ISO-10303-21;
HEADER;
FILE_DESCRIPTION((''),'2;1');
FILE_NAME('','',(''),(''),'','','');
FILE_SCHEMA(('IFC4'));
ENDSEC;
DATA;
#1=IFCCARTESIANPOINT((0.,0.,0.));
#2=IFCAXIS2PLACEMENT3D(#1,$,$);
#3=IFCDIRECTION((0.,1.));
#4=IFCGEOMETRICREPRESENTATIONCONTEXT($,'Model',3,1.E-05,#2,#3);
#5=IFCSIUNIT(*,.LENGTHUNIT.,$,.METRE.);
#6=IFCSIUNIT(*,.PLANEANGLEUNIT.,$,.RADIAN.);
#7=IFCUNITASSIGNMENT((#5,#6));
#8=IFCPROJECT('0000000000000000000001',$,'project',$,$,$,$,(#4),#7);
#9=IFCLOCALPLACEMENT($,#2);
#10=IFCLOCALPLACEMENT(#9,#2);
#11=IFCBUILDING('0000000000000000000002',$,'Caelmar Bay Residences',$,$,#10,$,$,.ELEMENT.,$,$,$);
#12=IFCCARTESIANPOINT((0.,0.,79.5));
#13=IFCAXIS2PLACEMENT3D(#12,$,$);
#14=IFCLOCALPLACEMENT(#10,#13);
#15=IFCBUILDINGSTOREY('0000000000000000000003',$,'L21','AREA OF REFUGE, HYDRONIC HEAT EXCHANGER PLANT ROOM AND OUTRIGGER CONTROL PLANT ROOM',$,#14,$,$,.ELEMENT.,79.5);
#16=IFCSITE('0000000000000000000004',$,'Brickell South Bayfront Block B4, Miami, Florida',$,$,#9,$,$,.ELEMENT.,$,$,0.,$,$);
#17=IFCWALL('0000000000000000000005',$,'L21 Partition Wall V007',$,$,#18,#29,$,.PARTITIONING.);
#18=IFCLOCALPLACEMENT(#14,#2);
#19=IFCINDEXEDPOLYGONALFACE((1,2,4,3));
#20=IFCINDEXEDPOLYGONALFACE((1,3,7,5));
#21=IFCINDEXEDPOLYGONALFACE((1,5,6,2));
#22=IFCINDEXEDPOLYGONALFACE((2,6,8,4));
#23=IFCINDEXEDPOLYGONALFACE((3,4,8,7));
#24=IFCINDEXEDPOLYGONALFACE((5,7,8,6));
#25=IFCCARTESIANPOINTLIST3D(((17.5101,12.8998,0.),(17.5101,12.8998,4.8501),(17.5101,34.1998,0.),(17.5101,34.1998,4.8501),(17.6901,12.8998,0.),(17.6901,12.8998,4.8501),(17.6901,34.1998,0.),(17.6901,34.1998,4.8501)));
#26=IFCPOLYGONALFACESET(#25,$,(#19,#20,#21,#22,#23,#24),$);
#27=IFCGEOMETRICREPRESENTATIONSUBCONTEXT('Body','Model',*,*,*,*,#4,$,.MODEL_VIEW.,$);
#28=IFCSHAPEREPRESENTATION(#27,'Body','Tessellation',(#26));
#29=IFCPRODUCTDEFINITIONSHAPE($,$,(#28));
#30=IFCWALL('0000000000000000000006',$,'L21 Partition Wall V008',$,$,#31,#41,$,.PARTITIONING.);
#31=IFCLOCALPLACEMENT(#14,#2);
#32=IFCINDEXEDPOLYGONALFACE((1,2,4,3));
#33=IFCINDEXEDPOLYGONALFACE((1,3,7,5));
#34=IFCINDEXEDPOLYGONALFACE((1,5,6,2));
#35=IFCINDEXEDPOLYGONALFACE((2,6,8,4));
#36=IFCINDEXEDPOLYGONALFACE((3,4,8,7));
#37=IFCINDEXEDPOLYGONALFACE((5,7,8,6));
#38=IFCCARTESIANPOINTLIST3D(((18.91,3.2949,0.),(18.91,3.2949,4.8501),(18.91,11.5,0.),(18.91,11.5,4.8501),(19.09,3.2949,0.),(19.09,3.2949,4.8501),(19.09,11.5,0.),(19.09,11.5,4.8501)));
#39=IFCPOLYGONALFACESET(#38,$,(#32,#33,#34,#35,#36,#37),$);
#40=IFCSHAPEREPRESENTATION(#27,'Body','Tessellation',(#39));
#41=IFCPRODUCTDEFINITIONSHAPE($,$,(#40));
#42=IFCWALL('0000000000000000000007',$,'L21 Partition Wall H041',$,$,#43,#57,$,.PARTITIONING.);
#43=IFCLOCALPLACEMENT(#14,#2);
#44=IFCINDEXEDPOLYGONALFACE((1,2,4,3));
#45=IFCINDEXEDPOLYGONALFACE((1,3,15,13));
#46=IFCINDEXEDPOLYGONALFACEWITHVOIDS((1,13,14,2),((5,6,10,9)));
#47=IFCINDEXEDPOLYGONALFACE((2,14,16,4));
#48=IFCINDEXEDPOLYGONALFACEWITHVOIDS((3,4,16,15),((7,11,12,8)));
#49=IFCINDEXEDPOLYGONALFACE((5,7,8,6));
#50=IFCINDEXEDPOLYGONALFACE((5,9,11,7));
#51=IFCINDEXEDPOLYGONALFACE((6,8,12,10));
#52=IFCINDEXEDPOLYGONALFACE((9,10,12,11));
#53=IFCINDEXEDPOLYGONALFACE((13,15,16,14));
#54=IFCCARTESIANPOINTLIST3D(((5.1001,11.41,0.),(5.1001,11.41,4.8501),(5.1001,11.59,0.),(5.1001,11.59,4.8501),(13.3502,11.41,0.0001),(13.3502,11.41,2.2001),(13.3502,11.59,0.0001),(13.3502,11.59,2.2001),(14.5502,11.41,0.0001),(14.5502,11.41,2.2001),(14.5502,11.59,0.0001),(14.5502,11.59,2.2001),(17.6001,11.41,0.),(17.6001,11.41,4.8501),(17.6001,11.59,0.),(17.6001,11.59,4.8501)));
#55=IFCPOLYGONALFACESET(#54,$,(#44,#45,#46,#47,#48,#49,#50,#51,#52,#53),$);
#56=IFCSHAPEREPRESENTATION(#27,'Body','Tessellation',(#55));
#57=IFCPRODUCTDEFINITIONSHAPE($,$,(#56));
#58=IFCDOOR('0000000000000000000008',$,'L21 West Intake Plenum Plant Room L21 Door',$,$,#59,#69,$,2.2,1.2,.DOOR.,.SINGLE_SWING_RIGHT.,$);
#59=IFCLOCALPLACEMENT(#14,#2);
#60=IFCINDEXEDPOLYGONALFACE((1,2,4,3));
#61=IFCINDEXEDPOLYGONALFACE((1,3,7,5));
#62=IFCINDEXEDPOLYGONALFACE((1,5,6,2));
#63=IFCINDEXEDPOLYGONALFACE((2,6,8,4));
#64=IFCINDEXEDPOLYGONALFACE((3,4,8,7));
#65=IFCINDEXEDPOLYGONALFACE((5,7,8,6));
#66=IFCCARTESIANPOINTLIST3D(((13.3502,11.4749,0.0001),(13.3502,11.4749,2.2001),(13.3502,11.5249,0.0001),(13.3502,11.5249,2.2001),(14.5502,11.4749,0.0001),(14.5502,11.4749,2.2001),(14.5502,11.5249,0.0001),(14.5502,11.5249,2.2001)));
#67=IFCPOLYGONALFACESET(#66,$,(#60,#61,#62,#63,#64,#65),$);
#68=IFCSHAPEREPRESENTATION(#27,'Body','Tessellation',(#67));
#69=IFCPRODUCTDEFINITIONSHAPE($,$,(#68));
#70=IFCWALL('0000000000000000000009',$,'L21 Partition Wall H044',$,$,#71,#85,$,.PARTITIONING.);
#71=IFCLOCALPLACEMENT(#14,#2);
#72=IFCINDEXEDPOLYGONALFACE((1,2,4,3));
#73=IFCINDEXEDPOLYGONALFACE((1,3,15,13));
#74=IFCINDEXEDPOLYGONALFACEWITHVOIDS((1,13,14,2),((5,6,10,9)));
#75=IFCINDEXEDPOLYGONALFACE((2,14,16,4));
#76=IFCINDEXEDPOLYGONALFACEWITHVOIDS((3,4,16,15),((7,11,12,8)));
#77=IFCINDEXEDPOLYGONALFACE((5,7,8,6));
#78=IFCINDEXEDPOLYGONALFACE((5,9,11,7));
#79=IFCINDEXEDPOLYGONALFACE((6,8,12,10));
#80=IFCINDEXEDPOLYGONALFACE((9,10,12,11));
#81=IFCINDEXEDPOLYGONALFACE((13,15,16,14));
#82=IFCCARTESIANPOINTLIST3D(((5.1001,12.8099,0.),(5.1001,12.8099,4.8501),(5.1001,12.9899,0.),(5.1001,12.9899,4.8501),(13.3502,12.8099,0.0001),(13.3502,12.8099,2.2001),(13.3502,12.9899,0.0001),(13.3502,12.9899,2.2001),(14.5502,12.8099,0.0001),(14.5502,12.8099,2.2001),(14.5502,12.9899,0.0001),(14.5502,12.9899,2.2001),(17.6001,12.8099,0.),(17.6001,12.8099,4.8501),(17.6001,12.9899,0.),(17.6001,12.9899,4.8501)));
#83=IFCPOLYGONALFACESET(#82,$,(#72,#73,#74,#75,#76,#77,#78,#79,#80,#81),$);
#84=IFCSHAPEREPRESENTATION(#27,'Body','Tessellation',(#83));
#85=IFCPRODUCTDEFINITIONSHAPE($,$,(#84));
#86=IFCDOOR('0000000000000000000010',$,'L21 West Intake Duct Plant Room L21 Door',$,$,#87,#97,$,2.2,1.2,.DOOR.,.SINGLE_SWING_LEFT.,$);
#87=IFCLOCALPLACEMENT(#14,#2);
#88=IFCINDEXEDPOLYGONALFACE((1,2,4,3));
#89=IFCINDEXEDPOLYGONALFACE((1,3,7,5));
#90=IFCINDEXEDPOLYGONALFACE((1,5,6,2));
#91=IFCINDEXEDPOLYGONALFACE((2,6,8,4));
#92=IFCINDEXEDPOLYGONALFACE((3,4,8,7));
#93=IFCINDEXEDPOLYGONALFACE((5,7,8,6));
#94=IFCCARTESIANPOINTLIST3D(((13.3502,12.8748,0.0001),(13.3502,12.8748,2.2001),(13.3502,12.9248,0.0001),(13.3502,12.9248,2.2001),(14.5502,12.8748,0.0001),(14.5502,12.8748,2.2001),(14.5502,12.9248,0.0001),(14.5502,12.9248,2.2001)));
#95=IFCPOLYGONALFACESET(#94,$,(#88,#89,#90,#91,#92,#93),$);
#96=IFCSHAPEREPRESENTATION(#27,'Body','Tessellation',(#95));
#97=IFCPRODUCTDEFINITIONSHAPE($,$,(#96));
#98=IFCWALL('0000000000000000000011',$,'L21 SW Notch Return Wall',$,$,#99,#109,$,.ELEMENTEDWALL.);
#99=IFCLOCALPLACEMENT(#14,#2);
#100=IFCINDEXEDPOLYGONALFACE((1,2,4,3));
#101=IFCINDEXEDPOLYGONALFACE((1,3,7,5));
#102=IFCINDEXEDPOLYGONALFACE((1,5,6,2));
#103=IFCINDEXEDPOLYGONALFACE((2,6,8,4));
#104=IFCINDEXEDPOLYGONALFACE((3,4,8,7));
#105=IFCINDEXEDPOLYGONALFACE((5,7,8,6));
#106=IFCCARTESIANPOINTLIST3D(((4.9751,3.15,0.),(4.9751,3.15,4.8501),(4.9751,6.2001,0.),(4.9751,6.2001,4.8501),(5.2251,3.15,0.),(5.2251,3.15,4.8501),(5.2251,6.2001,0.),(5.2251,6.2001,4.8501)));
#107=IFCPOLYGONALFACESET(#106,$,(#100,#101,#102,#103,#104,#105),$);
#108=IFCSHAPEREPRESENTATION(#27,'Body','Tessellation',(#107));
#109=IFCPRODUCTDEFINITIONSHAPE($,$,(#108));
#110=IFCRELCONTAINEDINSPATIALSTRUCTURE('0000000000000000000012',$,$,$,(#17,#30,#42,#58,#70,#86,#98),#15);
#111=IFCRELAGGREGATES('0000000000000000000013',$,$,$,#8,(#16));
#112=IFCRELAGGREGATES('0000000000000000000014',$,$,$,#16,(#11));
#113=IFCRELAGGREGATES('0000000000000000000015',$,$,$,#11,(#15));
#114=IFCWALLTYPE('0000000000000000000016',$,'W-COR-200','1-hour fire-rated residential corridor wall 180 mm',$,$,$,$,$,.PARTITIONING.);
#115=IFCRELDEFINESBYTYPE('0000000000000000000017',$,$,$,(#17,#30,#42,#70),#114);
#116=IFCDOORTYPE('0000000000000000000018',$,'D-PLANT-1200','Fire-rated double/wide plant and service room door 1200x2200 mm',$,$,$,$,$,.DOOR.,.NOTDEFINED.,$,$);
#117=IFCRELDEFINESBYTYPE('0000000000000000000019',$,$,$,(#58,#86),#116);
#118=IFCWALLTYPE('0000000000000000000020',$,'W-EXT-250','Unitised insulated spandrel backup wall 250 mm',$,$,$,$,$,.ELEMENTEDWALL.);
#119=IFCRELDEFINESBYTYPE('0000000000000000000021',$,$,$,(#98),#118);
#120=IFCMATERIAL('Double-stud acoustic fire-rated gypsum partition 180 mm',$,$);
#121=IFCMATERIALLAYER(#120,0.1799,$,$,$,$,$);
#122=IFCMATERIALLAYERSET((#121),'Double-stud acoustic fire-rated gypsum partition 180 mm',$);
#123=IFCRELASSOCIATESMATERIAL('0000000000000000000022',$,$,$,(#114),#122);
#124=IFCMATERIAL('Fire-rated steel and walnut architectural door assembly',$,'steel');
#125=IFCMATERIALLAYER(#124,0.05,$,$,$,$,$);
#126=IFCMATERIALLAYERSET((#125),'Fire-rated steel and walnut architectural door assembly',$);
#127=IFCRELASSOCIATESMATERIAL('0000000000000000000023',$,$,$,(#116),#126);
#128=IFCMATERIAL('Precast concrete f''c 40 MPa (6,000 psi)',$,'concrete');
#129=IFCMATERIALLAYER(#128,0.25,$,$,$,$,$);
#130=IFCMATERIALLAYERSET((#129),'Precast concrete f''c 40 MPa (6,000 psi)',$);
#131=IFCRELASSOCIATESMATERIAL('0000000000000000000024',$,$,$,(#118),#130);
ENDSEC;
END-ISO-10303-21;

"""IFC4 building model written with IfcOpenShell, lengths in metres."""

from ifc_helpers import new_model, si_unit, direction, frame, frame_2d, origin, place, context, subcontext, project, spatial, rectangle, extrude, material, layer, layer_set, type_object, element, fill, save


model = new_model("IFC4")

# Units and contexts
model_context = context("Model", 3, precision=1e-05, world=origin(), true_north=direction((0.0, 1.0)))
body_context = subcontext(model_context, "Body", "Model", "MODEL_VIEW")
ifc_project = project(units=[si_unit("LENGTHUNIT", "METRE"), si_unit("PLANEANGLEUNIT", "RADIAN")], contexts=[model_context])

# Site, building, storey
site_placement = place(None, origin())
site = spatial("IfcSite", under=ifc_project, at=site_placement, Name="Brickell South Bayfront Block B4, Miami, Florida", CompositionType="ELEMENT", RefElevation=0.0)
building_placement = place(site_placement, origin())
building = spatial("IfcBuilding", under=site, at=building_placement, Name="Caelmar Bay Residences", CompositionType="ELEMENT")
storey_placement = place(building_placement, frame((0.0, 0.0, 79.5)))
storey = spatial("IfcBuildingStorey", under=building, at=storey_placement, Name="L21", Description="AREA OF REFUGE, HYDRONIC HEAT EXCHANGER PLANT ROOM AND OUTRIGGER CONTROL PLANT ROOM", CompositionType="ELEMENT", Elevation=79.5)

# Walls
ifc_material_1 = material(Name="Double-stud acoustic fire-rated gypsum partition 180 mm")
ifc_layer_1 = layer(ifc_material_1, 0.1799)
ifc_layer_set_1 = layer_set([ifc_layer_1], Name="Double-stud acoustic fire-rated gypsum partition 180 mm")
wall_type_1 = type_object("IfcWallType", Name="W-COR-200", Description="1-hour fire-rated residential corridor wall 180 mm", PredefinedType="PARTITIONING", material=ifc_layer_set_1)
wall_1_placement = place(storey_placement, frame((17.6001, 12.8999, 0.0), z_axis=(0.0, 0.0, 1.0), x_axis=(0.0, 1.0, 0.0)))
element("IfcWall", 1, at=wall_1_placement, inside=storey, type_object=wall_type_1, Name="L21 Partition Wall V007", PredefinedType="PARTITIONING", context=body_context, shape_type="SweptSolid", body=[
    extrude(rectangle(XDim=21.3, YDim=0.1799, at=frame_2d((10.6499, 0.0))), origin(), (0.0, 0.0, 1.0), 4.8501),
])
wall_2_placement = place(storey_placement, frame((19.0, 3.2949, 0.0), z_axis=(0.0, 0.0, 1.0), x_axis=(0.0, 1.0, 0.0)))
element("IfcWall", 2, at=wall_2_placement, inside=storey, type_object=wall_type_1, Name="L21 Partition Wall V008", PredefinedType="PARTITIONING", context=body_context, shape_type="SweptSolid", body=[
    extrude(rectangle(XDim=8.2051, YDim=0.1799, at=frame_2d((4.1025, 0.0))), origin(), (0.0, 0.0, 1.0), 4.8501),
])

# Walls, openings, doors
wall_3_placement = place(storey_placement, frame((5.1001, 11.5, 0.0), z_axis=(0.0, 0.0, 1.0), x_axis=(1.0, 0.0, 0.0)))
wall_3 = element("IfcWall", 3, at=wall_3_placement, inside=storey, type_object=wall_type_1, Name="L21 Partition Wall H041", PredefinedType="PARTITIONING", context=body_context, shape_type="SweptSolid", body=[
    extrude(rectangle(XDim=12.5, YDim=0.1799, at=frame_2d((6.25, 0.0))), origin(), (0.0, 0.0, 1.0), 4.8501),
])
opening_1_placement = place(wall_3_placement, frame((8.25, 0.0, 0.0)))
opening_1 = element("IfcOpeningElement", 4, at=opening_1_placement, cuts=wall_3, PredefinedType="OPENING", context=body_context, shape_type="SweptSolid", body=[
    extrude(rectangle(XDim=1.2, YDim=2.2, at=frame_2d((0.6001, 1.1001))), frame((0.0, 0.0999, 0.0), z_axis=(0.0, -1.0, 0.0), x_axis=(1.0, 0.0, 0.0)), (0.0, 0.0, 1.0), 0.2),
])
ifc_material_2 = material(Name="Fire-rated steel and walnut architectural door assembly", Category="steel")
ifc_layer_2 = layer(ifc_material_2, 0.05)
ifc_layer_set_2 = layer_set([ifc_layer_2], Name="Fire-rated steel and walnut architectural door assembly")
door_type = type_object("IfcDoorType", Name="D-PLANT-1200", Description="Fire-rated double/wide plant and service room door 1200x2200 mm", OperationType="NOTDEFINED", PredefinedType="DOOR", material=ifc_layer_set_2)
door_1_placement = place(opening_1_placement, origin())
door_1 = element("IfcDoor", 5, at=door_1_placement, inside=storey, type_object=door_type, Name="L21 West Intake Plenum Plant Room L21 Door", OperationType="SINGLE_SWING_RIGHT", OverallHeight=2.2, OverallWidth=1.2, PredefinedType="DOOR", context=body_context, shape_type="SweptSolid", body=[
    extrude(rectangle(XDim=1.2, YDim=2.2, at=frame_2d((0.6001, 1.1001))), frame((0.0, 0.0249, 0.0), z_axis=(0.0, -1.0, 0.0), x_axis=(1.0, 0.0, 0.0)), (0.0, 0.0, 1.0), 0.05),
])
fill(opening_1, door_1)
wall_4_placement = place(storey_placement, frame((5.1001, 12.8999, 0.0), z_axis=(0.0, 0.0, 1.0), x_axis=(1.0, 0.0, 0.0)))
wall_4 = element("IfcWall", 6, at=wall_4_placement, inside=storey, type_object=wall_type_1, Name="L21 Partition Wall H044", PredefinedType="PARTITIONING", context=body_context, shape_type="SweptSolid", body=[
    extrude(rectangle(XDim=12.5, YDim=0.1799, at=frame_2d((6.25, 0.0))), origin(), (0.0, 0.0, 1.0), 4.8501),
])
opening_2_placement = place(wall_4_placement, frame((8.25, 0.0, 0.0)))
opening_2 = element("IfcOpeningElement", 7, at=opening_2_placement, cuts=wall_4, PredefinedType="OPENING", context=body_context, shape_type="SweptSolid", body=[
    extrude(rectangle(XDim=1.2, YDim=2.2, at=frame_2d((0.6001, 1.1001))), frame((0.0, 0.0999, 0.0), z_axis=(0.0, -1.0, 0.0), x_axis=(1.0, 0.0, 0.0)), (0.0, 0.0, 1.0), 0.2),
])
door_2_placement = place(opening_2_placement, origin())
door_2 = element("IfcDoor", 8, at=door_2_placement, inside=storey, type_object=door_type, Name="L21 West Intake Duct Plant Room L21 Door", OperationType="SINGLE_SWING_LEFT", OverallHeight=2.2, OverallWidth=1.2, PredefinedType="DOOR", context=body_context, shape_type="SweptSolid", body=[
    extrude(rectangle(XDim=1.2, YDim=2.2, at=frame_2d((0.6001, 1.1001))), frame((0.0, 0.0249, 0.0), z_axis=(0.0, -1.0, 0.0), x_axis=(1.0, 0.0, 0.0)), (0.0, 0.0, 1.0), 0.05),
])
fill(opening_2, door_2)

# Wall
ifc_material_3 = material(Name="Precast concrete f'c 40 MPa (6,000 psi)", Category="concrete")
ifc_layer_3 = layer(ifc_material_3, 0.25)
ifc_layer_set_3 = layer_set([ifc_layer_3], Name="Precast concrete f'c 40 MPa (6,000 psi)")
wall_type_2 = type_object("IfcWallType", Name="W-EXT-250", Description="Unitised insulated spandrel backup wall 250 mm", PredefinedType="ELEMENTEDWALL", material=ifc_layer_set_3)
wall_5_placement = place(storey_placement, frame((5.1001, 6.2, 0.0), z_axis=(0.0, 0.0, 1.0), x_axis=(0.0, -1.0, 0.0)))
element("IfcWall", 9, at=wall_5_placement, inside=storey, type_object=wall_type_2, Name="L21 SW Notch Return Wall", PredefinedType="ELEMENTEDWALL", context=body_context, shape_type="SweptSolid", body=[
    extrude(rectangle(XDim=3.05, YDim=0.25, at=frame_2d((1.5249, 0.0))), origin(), (0.0, 0.0, 1.0), 4.8501),
])

save(model, "model.ifc")
